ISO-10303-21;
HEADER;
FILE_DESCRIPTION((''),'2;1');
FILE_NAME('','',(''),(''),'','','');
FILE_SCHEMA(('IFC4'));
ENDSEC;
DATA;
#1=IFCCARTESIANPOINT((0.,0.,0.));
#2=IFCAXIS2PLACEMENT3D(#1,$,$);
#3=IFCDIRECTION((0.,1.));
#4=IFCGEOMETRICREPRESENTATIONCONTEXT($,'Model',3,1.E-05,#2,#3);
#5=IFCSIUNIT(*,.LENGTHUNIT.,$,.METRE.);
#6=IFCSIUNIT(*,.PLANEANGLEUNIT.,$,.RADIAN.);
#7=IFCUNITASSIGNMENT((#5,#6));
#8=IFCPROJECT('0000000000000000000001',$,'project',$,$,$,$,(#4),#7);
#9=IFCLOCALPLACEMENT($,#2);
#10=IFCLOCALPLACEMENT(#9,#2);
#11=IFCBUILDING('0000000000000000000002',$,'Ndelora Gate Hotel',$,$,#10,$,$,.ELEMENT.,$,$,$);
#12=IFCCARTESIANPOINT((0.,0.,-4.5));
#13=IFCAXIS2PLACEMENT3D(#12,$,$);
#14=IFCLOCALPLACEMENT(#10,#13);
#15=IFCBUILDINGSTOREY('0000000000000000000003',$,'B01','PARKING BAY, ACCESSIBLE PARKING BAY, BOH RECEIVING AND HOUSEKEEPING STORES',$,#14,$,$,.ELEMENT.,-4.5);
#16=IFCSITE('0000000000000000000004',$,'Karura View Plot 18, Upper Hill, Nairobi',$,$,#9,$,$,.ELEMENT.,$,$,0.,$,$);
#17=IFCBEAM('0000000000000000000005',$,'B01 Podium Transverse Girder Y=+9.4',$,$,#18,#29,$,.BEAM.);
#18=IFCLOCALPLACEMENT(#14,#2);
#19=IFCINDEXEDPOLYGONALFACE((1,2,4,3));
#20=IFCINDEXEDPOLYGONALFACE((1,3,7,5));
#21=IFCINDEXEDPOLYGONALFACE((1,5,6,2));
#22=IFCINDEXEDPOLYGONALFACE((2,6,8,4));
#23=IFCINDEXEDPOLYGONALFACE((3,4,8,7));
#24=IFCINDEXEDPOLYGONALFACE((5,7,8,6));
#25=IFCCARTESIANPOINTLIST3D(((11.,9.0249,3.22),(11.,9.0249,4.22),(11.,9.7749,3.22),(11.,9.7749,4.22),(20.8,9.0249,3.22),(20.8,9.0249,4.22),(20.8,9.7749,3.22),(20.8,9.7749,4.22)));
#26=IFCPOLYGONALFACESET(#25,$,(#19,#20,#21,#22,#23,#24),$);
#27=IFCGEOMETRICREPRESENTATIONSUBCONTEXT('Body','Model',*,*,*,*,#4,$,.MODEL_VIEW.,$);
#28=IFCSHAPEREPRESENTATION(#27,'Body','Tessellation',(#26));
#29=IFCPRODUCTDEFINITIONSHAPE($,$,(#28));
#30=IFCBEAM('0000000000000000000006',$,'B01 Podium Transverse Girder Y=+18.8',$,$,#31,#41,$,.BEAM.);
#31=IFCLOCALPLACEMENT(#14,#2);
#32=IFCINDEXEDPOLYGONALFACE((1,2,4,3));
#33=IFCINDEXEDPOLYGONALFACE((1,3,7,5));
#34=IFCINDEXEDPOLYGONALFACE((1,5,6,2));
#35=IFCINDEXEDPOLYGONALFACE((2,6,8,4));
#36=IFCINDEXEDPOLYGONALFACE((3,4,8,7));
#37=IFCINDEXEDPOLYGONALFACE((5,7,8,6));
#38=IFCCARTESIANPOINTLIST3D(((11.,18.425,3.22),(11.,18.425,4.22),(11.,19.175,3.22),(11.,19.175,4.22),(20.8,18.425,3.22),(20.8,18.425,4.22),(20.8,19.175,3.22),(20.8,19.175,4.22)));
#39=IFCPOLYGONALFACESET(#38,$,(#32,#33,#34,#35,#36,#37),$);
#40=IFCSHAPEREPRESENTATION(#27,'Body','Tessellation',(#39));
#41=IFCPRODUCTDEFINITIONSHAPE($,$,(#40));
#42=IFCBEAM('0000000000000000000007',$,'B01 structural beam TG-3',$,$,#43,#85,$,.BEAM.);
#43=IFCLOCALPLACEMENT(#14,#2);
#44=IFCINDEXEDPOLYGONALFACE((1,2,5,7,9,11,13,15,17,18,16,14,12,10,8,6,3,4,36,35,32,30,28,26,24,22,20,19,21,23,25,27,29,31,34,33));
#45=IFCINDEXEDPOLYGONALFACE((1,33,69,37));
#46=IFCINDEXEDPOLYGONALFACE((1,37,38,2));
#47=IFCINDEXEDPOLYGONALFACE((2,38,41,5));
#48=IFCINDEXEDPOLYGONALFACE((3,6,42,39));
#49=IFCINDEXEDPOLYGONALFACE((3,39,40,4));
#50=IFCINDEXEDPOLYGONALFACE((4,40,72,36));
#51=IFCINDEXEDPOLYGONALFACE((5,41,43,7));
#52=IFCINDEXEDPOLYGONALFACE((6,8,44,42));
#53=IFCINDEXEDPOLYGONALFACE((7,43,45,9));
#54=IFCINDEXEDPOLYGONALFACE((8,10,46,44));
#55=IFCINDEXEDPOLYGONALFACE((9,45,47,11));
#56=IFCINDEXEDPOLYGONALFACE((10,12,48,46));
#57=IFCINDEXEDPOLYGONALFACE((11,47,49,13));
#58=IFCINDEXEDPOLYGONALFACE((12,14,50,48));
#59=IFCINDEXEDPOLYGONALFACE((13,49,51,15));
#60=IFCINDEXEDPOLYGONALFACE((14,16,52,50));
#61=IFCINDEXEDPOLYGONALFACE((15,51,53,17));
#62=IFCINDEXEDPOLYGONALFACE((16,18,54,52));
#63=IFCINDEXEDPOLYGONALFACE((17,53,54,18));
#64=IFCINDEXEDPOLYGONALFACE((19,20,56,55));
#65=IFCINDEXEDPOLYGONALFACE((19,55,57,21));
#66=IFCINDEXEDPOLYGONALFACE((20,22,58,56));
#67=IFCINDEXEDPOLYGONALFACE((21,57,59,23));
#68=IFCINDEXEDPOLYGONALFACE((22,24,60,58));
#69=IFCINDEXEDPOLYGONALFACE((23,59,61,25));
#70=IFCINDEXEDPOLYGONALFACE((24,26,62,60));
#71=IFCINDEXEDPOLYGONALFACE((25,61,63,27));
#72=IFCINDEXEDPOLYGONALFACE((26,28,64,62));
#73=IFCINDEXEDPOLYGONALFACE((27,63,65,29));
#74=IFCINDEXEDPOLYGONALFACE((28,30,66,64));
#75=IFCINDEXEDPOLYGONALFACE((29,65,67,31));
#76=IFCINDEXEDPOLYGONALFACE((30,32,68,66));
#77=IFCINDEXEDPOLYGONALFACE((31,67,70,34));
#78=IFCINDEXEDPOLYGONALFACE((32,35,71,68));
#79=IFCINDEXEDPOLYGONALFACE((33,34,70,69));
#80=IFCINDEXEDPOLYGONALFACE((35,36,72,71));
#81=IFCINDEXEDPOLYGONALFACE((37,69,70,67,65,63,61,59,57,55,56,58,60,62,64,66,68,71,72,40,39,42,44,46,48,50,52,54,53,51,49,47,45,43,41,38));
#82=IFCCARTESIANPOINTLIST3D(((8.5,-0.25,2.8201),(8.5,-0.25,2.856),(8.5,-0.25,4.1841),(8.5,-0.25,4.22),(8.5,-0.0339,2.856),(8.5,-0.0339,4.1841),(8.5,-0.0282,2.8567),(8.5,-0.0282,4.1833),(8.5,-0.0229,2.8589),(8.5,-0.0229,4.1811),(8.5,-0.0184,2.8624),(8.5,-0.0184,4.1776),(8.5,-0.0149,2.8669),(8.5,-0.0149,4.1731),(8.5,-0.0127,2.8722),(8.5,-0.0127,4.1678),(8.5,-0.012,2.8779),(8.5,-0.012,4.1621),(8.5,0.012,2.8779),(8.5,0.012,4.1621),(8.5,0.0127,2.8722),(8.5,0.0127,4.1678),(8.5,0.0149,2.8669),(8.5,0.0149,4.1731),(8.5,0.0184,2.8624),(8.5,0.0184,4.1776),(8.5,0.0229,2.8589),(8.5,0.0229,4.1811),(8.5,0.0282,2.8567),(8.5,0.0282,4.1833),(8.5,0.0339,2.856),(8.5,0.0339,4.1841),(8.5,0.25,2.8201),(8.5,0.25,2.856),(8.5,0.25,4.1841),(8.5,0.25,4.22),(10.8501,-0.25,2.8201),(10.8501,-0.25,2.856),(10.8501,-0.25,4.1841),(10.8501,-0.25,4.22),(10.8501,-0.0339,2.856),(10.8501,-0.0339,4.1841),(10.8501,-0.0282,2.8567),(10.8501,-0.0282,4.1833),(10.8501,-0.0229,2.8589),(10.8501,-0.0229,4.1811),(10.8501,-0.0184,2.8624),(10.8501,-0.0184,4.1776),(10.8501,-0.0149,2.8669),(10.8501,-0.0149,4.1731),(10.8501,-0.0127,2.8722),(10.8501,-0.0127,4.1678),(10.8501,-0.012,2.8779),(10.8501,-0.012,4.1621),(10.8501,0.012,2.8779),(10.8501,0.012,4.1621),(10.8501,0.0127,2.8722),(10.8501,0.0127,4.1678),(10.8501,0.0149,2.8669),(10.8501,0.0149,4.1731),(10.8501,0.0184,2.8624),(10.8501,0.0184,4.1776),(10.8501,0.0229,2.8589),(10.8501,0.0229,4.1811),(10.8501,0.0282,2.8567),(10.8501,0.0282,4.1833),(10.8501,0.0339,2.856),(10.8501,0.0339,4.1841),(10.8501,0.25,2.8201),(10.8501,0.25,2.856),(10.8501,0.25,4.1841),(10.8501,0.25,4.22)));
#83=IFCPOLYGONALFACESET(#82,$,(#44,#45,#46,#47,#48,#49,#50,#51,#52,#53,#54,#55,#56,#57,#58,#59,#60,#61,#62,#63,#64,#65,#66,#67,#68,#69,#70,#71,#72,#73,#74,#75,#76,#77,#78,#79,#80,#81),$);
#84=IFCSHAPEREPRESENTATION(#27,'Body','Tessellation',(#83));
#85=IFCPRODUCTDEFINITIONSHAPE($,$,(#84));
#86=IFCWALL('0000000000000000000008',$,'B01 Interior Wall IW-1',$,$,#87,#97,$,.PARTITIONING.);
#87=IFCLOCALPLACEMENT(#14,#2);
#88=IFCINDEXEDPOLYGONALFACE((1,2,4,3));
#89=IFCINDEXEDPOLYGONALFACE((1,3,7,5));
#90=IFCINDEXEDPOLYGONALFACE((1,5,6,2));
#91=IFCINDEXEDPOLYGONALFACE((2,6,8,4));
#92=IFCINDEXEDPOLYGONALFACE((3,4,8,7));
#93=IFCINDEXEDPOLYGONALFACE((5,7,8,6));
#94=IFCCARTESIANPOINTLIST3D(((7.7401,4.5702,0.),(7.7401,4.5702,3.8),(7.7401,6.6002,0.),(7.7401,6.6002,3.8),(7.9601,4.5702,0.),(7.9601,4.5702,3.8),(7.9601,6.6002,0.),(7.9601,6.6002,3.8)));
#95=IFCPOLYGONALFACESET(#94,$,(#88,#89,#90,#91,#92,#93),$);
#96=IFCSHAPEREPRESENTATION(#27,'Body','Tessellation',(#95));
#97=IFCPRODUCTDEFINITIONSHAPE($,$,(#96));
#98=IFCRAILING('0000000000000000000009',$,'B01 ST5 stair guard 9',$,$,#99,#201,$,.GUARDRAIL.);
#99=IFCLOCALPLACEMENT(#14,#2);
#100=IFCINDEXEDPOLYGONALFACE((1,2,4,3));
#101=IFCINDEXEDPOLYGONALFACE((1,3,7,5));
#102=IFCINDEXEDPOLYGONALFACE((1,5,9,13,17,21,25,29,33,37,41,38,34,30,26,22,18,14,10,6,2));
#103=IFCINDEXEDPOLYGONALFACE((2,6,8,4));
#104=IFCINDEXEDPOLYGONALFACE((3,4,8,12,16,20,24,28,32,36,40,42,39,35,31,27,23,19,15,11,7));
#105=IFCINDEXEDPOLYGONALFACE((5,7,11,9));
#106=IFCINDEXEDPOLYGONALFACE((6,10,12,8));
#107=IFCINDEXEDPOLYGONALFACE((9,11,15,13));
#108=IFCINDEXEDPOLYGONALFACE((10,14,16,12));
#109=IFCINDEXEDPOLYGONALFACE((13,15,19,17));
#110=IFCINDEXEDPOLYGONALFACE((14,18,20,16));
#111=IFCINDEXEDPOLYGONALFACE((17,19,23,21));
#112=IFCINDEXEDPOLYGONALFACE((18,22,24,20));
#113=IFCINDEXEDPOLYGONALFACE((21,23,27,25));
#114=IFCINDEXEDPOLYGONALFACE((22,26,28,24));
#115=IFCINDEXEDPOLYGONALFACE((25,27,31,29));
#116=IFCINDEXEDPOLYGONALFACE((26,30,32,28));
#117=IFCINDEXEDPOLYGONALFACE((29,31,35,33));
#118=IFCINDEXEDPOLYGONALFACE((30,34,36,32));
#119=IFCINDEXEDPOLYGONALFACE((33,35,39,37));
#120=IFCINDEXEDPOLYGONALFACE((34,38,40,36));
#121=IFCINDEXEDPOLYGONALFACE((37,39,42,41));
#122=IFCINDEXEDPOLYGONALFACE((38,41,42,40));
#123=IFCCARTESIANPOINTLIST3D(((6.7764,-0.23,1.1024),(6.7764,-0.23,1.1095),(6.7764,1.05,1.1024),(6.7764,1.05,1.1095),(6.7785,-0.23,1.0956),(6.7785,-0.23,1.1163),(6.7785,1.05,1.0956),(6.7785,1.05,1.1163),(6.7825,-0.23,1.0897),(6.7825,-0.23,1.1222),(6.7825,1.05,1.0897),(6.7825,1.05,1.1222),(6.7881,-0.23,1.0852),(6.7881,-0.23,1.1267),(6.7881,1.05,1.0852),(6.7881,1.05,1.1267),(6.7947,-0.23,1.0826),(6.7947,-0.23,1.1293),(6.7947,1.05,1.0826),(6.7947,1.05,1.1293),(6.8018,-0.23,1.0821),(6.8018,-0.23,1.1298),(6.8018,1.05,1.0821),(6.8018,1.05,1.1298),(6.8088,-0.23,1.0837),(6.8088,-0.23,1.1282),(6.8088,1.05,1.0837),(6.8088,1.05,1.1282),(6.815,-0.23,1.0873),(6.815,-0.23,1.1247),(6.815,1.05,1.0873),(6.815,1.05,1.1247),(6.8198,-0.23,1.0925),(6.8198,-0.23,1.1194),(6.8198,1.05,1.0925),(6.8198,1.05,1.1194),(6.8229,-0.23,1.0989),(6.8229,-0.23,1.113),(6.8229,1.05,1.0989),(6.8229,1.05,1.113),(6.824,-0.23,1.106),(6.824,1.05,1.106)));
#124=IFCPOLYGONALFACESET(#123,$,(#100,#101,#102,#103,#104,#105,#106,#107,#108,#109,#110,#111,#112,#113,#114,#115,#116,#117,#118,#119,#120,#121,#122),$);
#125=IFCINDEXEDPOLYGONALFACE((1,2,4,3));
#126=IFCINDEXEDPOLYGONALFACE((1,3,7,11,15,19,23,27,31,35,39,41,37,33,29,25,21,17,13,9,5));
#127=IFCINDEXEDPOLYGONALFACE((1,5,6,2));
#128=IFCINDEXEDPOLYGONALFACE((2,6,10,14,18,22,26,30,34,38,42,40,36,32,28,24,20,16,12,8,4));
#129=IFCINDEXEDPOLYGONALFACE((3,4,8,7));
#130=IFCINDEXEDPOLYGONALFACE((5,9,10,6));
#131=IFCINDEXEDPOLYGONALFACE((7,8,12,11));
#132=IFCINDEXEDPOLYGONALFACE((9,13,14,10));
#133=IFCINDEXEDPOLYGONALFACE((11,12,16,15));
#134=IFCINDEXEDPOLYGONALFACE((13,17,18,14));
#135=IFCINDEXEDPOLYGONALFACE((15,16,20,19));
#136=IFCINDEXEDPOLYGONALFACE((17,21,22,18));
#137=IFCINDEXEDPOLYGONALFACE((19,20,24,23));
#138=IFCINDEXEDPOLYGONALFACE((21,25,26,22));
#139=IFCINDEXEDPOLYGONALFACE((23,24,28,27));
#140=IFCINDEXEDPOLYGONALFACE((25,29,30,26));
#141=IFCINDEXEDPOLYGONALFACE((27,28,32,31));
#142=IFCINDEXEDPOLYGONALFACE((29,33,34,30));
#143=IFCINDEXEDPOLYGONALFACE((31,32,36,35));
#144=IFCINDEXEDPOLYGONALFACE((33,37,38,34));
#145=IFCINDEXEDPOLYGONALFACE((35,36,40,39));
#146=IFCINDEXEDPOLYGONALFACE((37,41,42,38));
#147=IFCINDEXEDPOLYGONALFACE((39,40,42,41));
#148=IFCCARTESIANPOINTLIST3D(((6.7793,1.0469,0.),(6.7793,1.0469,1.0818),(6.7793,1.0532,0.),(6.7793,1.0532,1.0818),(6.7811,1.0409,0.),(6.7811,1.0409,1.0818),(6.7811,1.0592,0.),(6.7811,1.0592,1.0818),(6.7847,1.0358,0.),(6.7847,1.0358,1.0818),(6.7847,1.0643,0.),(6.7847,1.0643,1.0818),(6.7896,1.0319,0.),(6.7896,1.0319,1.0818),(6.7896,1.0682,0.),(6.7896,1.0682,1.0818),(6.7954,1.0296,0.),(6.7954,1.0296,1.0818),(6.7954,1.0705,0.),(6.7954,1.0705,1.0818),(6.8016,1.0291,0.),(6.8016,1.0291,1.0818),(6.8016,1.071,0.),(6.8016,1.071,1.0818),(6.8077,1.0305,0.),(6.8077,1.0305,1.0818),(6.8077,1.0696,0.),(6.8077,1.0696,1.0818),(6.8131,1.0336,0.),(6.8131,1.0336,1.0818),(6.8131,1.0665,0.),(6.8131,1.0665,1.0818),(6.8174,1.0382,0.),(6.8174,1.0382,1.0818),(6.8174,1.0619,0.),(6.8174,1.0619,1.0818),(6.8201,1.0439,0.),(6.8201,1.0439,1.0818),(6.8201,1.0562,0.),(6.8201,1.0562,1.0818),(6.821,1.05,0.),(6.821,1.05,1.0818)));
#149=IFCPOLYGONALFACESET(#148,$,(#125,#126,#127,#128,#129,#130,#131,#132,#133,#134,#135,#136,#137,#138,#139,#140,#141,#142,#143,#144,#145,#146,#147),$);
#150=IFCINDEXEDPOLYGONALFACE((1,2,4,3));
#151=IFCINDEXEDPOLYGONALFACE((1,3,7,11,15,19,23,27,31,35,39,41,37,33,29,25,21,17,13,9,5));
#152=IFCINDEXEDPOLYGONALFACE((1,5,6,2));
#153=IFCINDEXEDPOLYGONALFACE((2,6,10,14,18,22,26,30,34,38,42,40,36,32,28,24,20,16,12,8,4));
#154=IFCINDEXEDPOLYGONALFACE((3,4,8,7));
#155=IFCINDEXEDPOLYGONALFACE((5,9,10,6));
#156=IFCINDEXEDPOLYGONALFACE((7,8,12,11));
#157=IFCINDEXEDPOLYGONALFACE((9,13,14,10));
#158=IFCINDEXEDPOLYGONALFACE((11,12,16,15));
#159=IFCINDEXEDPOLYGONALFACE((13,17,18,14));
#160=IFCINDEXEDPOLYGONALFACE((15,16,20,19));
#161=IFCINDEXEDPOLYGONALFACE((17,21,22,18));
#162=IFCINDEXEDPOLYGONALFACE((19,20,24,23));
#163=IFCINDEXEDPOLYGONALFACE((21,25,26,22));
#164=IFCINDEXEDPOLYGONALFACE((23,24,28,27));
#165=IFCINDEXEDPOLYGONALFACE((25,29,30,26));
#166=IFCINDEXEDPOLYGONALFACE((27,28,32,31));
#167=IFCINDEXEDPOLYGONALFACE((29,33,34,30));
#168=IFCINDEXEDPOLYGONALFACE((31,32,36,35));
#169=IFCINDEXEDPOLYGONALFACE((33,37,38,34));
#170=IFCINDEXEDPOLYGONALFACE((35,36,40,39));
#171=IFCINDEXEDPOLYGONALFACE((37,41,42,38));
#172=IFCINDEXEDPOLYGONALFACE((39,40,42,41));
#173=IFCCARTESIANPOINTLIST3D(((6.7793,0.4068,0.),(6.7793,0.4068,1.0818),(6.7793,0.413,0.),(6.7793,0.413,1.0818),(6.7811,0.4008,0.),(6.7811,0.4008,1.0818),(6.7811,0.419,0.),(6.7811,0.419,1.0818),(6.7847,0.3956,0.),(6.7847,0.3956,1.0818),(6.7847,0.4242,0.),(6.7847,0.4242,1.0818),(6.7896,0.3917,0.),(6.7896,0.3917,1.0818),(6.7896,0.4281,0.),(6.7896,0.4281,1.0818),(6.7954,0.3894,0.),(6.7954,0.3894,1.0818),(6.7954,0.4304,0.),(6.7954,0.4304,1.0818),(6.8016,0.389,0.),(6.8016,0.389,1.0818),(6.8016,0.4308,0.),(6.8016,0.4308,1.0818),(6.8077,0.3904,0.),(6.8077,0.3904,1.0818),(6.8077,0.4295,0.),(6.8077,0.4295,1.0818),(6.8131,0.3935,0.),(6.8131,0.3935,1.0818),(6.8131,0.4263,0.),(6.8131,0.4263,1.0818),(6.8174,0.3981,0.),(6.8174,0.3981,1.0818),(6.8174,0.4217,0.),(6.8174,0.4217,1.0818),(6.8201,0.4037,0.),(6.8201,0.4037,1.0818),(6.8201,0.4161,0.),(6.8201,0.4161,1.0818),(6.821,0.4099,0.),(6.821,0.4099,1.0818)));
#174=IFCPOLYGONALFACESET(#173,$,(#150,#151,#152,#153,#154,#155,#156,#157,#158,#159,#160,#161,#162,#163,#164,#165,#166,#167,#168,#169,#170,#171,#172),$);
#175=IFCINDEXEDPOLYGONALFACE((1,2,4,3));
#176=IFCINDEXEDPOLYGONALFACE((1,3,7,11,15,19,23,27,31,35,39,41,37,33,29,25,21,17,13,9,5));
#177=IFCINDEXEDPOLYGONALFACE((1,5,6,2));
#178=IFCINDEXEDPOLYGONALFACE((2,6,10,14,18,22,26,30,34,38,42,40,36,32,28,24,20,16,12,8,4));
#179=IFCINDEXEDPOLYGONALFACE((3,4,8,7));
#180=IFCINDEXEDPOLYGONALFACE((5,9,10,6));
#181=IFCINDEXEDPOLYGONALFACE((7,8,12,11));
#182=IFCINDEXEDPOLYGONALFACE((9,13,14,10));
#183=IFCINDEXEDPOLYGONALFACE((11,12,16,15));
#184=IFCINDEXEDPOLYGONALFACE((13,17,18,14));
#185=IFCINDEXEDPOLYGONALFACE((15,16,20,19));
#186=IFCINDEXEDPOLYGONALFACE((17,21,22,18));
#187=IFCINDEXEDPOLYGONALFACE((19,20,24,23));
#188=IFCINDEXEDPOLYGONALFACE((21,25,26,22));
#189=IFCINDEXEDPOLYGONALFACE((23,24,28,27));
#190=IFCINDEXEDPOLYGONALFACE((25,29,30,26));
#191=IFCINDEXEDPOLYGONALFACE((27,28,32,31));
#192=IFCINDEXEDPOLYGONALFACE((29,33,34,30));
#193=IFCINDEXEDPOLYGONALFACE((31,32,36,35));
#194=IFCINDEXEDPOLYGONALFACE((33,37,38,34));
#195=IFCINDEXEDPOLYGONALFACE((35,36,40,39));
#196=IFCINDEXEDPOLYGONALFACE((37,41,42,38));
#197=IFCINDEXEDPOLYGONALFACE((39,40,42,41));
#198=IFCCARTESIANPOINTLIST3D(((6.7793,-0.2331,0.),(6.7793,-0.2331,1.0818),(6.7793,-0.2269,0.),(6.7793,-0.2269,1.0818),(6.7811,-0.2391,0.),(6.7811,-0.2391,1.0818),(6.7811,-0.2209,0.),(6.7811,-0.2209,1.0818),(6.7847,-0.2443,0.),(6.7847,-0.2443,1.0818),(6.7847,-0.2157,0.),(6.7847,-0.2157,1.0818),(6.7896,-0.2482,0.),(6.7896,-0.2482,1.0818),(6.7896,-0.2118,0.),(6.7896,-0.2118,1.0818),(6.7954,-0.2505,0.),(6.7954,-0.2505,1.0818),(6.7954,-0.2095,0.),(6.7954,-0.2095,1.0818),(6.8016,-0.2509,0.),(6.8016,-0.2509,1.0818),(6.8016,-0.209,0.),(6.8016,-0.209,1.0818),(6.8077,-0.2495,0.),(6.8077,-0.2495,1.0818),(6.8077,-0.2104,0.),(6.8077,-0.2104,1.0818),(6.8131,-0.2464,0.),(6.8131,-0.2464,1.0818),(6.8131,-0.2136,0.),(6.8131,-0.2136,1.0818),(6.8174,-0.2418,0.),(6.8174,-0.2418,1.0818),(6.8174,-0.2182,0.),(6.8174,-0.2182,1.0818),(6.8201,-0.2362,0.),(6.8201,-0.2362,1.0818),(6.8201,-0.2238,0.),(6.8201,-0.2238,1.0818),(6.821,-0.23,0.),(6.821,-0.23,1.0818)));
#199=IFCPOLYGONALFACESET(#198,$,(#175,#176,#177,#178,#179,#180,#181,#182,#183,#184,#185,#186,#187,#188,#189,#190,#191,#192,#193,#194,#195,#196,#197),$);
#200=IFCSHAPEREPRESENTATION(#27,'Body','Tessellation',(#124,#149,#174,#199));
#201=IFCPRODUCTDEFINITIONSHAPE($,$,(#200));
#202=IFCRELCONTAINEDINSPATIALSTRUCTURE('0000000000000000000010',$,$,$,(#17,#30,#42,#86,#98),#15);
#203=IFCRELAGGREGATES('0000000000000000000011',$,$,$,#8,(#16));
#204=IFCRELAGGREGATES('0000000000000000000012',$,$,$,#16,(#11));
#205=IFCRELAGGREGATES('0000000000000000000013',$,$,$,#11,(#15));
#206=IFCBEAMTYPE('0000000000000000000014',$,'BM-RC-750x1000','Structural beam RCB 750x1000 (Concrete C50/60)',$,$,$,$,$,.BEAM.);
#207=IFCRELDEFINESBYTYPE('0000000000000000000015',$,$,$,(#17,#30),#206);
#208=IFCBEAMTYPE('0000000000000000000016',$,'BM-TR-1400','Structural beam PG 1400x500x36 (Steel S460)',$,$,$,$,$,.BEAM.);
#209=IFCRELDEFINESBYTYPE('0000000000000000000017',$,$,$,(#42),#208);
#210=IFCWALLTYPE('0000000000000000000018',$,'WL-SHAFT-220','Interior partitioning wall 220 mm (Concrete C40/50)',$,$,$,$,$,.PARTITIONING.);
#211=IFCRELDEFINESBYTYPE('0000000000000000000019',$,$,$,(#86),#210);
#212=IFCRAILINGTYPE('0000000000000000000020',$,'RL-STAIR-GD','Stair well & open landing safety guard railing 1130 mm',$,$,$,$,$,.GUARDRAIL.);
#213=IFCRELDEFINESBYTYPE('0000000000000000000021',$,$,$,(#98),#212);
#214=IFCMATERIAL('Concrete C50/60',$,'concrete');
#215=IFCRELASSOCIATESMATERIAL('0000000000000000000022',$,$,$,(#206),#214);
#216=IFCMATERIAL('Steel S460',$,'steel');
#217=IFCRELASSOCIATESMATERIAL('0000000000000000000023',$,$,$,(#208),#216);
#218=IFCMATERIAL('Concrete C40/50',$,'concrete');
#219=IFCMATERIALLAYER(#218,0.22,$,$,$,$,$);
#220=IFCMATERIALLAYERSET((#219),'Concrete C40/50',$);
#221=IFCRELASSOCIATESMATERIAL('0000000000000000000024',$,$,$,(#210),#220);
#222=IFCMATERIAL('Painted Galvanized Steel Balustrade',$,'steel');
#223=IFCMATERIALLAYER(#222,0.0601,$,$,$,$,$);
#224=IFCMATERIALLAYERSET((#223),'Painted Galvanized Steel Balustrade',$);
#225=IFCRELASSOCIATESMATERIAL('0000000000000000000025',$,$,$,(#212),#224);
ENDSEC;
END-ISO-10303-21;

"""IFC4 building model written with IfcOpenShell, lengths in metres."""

from ifc_helpers import new_model, si_unit, direction, frame, frame_2d, origin, origin_2d, place, context, subcontext, project, spatial, rectangle, circle, i_section, extrude, material, layer, layer_set, material_profile, profile_set, type_object, element, save


model = new_model("IFC4")

# Units and contexts
model_context = context("Model", 3, precision=1e-05, world=origin(), true_north=direction((0.0, 1.0)))
body_context = subcontext(model_context, "Body", "Model", "MODEL_VIEW")
ifc_project = project(units=[si_unit("LENGTHUNIT", "METRE"), si_unit("PLANEANGLEUNIT", "RADIAN")], contexts=[model_context])

# Site, building, storey
site_placement = place(None, origin())
site = spatial("IfcSite", under=ifc_project, at=site_placement, Name="Karura View Plot 18, Upper Hill, Nairobi", CompositionType="ELEMENT", RefElevation=0.0)
building_placement = place(site_placement, origin())
building = spatial("IfcBuilding", under=site, at=building_placement, Name="Ndelora Gate Hotel", CompositionType="ELEMENT")
storey_placement = place(building_placement, frame((0.0, 0.0, -4.5)))
storey = spatial("IfcBuildingStorey", under=building, at=storey_placement, Name="B01", Description="PARKING BAY, ACCESSIBLE PARKING BAY, BOH RECEIVING AND HOUSEKEEPING STORES", CompositionType="ELEMENT", Elevation=-4.5)

# Beams
ifc_material_1 = material(Name="Concrete C40/50", Category="concrete")
ifc_material_2 = material(Name="Concrete C50/60", Category="concrete")
ifc_material_profile_1 = material_profile(ifc_material_2, rectangle(XDim=0.75, YDim=1.0, at=origin_2d()), Name="RCB 750x1000")
ifc_profile_set_1 = profile_set([ifc_material_profile_1], Name="Concrete C50/60")
beam_type_1 = type_object("IfcBeamType", Name="BM-RC-750x1000", Description="Structural beam RCB 750x1000 (Concrete C50/60)", PredefinedType="BEAM", material=ifc_profile_set_1)
for number, where, z_axis, x_axis, name in (
    (1, (11.0, 9.3999, 3.72), (1.0, 0.0, 0.0), (0.0, 1.0, 0.0), "B01 Podium Transverse Girder Y=+9.4"),
    (2, (11.0, 18.8, 3.72), (1.0, 0.0, 0.0), (0.0, 1.0, 0.0), "B01 Podium Transverse Girder Y=+18.8"),
):
    element("IfcBeam", number, at=place(storey_placement, frame(where, z_axis=z_axis, x_axis=x_axis)), inside=storey, type_object=beam_type_1, Name=name, PredefinedType="BEAM", context=body_context, shape_type="SweptSolid", body=[
        extrude(rectangle(XDim=0.75, YDim=1.0, at=origin_2d()), origin(), (0.0, 0.0, 1.0), 9.8),
    ])
ifc_material_3 = material(Name="Steel S460", Category="steel")
ifc_material_profile_2 = material_profile(ifc_material_3, i_section(OverallWidth=0.5, OverallDepth=1.3999, WebThickness=0.0239, FlangeThickness=0.0359, FilletRadius=0.022, at=origin_2d()), Name="PG 1400x500x36")
ifc_profile_set_2 = profile_set([ifc_material_profile_2], Name="Steel S460")
beam_type_2 = type_object("IfcBeamType", Name="BM-TR-1400", Description="Structural beam PG 1400x500x36 (Steel S460)", PredefinedType="BEAM", material=ifc_profile_set_2)
beam_1_placement = place(storey_placement, frame((8.5, 0.0, 3.52), z_axis=(1.0, 0.0, 0.0), x_axis=(0.0, 1.0, 0.0)))
element("IfcBeam", 3, at=beam_1_placement, inside=storey, type_object=beam_type_2, Name="B01 structural beam TG-3", PredefinedType="BEAM", context=body_context, shape_type="SweptSolid", body=[
    extrude(i_section(OverallWidth=0.5, OverallDepth=1.3999, WebThickness=0.0239, FlangeThickness=0.0359, FilletRadius=0.022, at=origin_2d()), origin(), (0.0, 0.0, 1.0), 2.3501),
])

# Wall
ifc_layer_1 = layer(ifc_material_1, 0.22)
ifc_layer_set_1 = layer_set([ifc_layer_1], Name="Concrete C40/50")
wall_type_1 = type_object("IfcWallType", Name="WL-SHAFT-220", Description="Interior partitioning wall 220 mm (Concrete C40/50)", PredefinedType="PARTITIONING", material=ifc_layer_set_1)
wall_1_placement = place(storey_placement, frame((7.8501, 4.5701, 0.0), z_axis=(0.0, 0.0, 1.0), x_axis=(0.0, 1.0, 0.0)))
element("IfcWall", 4, at=wall_1_placement, inside=storey, type_object=wall_type_1, Name="B01 Interior Wall IW-1", PredefinedType="PARTITIONING", context=body_context, shape_type="SweptSolid", body=[
    extrude(rectangle(XDim=2.03, YDim=0.22, at=frame_2d((1.0151, 0.0))), origin(), (0.0, 0.0, 1.0), 3.8),
])

# Railing
ifc_material_4 = material(Name="Painted Galvanized Steel Balustrade", Category="steel")
ifc_layer_2 = layer(ifc_material_4, 0.0601)
ifc_layer_set_2 = layer_set([ifc_layer_2], Name="Painted Galvanized Steel Balustrade")
railing_type = type_object("IfcRailingType", Name="RL-STAIR-GD", Description="Stair well & open landing safety guard railing 1130 mm", PredefinedType="GUARDRAIL", material=ifc_layer_set_2)
railing_placement = place(storey_placement, frame((6.8, 1.05, 0.0)))
element("IfcRailing", 5, at=railing_placement, inside=storey, type_object=railing_type, Name="B01 ST5 stair guard 9", PredefinedType="GUARDRAIL", context=body_context, shape_type="SweptSolid", body=[
    extrude(circle(Radius=0.0239, at=origin_2d()), frame((0.0, 0.0, 1.106), z_axis=(0.0, -1.0, 0.0), x_axis=(1.0, 0.0, 0.0)), (0.0, 0.0, 1.0), 1.28),
    extrude(circle(Radius=0.021, at=origin_2d()), origin(), (0.0, 0.0, 1.0), 1.0818),
    extrude(circle(Radius=0.021, at=origin_2d()), frame((0.0, -0.6401, 0.0)), (0.0, 0.0, 1.0), 1.0818),
    extrude(circle(Radius=0.021, at=origin_2d()), frame((0.0, -1.28, 0.0)), (0.0, 0.0, 1.0), 1.0818),
])

save(model, "model.ifc")
